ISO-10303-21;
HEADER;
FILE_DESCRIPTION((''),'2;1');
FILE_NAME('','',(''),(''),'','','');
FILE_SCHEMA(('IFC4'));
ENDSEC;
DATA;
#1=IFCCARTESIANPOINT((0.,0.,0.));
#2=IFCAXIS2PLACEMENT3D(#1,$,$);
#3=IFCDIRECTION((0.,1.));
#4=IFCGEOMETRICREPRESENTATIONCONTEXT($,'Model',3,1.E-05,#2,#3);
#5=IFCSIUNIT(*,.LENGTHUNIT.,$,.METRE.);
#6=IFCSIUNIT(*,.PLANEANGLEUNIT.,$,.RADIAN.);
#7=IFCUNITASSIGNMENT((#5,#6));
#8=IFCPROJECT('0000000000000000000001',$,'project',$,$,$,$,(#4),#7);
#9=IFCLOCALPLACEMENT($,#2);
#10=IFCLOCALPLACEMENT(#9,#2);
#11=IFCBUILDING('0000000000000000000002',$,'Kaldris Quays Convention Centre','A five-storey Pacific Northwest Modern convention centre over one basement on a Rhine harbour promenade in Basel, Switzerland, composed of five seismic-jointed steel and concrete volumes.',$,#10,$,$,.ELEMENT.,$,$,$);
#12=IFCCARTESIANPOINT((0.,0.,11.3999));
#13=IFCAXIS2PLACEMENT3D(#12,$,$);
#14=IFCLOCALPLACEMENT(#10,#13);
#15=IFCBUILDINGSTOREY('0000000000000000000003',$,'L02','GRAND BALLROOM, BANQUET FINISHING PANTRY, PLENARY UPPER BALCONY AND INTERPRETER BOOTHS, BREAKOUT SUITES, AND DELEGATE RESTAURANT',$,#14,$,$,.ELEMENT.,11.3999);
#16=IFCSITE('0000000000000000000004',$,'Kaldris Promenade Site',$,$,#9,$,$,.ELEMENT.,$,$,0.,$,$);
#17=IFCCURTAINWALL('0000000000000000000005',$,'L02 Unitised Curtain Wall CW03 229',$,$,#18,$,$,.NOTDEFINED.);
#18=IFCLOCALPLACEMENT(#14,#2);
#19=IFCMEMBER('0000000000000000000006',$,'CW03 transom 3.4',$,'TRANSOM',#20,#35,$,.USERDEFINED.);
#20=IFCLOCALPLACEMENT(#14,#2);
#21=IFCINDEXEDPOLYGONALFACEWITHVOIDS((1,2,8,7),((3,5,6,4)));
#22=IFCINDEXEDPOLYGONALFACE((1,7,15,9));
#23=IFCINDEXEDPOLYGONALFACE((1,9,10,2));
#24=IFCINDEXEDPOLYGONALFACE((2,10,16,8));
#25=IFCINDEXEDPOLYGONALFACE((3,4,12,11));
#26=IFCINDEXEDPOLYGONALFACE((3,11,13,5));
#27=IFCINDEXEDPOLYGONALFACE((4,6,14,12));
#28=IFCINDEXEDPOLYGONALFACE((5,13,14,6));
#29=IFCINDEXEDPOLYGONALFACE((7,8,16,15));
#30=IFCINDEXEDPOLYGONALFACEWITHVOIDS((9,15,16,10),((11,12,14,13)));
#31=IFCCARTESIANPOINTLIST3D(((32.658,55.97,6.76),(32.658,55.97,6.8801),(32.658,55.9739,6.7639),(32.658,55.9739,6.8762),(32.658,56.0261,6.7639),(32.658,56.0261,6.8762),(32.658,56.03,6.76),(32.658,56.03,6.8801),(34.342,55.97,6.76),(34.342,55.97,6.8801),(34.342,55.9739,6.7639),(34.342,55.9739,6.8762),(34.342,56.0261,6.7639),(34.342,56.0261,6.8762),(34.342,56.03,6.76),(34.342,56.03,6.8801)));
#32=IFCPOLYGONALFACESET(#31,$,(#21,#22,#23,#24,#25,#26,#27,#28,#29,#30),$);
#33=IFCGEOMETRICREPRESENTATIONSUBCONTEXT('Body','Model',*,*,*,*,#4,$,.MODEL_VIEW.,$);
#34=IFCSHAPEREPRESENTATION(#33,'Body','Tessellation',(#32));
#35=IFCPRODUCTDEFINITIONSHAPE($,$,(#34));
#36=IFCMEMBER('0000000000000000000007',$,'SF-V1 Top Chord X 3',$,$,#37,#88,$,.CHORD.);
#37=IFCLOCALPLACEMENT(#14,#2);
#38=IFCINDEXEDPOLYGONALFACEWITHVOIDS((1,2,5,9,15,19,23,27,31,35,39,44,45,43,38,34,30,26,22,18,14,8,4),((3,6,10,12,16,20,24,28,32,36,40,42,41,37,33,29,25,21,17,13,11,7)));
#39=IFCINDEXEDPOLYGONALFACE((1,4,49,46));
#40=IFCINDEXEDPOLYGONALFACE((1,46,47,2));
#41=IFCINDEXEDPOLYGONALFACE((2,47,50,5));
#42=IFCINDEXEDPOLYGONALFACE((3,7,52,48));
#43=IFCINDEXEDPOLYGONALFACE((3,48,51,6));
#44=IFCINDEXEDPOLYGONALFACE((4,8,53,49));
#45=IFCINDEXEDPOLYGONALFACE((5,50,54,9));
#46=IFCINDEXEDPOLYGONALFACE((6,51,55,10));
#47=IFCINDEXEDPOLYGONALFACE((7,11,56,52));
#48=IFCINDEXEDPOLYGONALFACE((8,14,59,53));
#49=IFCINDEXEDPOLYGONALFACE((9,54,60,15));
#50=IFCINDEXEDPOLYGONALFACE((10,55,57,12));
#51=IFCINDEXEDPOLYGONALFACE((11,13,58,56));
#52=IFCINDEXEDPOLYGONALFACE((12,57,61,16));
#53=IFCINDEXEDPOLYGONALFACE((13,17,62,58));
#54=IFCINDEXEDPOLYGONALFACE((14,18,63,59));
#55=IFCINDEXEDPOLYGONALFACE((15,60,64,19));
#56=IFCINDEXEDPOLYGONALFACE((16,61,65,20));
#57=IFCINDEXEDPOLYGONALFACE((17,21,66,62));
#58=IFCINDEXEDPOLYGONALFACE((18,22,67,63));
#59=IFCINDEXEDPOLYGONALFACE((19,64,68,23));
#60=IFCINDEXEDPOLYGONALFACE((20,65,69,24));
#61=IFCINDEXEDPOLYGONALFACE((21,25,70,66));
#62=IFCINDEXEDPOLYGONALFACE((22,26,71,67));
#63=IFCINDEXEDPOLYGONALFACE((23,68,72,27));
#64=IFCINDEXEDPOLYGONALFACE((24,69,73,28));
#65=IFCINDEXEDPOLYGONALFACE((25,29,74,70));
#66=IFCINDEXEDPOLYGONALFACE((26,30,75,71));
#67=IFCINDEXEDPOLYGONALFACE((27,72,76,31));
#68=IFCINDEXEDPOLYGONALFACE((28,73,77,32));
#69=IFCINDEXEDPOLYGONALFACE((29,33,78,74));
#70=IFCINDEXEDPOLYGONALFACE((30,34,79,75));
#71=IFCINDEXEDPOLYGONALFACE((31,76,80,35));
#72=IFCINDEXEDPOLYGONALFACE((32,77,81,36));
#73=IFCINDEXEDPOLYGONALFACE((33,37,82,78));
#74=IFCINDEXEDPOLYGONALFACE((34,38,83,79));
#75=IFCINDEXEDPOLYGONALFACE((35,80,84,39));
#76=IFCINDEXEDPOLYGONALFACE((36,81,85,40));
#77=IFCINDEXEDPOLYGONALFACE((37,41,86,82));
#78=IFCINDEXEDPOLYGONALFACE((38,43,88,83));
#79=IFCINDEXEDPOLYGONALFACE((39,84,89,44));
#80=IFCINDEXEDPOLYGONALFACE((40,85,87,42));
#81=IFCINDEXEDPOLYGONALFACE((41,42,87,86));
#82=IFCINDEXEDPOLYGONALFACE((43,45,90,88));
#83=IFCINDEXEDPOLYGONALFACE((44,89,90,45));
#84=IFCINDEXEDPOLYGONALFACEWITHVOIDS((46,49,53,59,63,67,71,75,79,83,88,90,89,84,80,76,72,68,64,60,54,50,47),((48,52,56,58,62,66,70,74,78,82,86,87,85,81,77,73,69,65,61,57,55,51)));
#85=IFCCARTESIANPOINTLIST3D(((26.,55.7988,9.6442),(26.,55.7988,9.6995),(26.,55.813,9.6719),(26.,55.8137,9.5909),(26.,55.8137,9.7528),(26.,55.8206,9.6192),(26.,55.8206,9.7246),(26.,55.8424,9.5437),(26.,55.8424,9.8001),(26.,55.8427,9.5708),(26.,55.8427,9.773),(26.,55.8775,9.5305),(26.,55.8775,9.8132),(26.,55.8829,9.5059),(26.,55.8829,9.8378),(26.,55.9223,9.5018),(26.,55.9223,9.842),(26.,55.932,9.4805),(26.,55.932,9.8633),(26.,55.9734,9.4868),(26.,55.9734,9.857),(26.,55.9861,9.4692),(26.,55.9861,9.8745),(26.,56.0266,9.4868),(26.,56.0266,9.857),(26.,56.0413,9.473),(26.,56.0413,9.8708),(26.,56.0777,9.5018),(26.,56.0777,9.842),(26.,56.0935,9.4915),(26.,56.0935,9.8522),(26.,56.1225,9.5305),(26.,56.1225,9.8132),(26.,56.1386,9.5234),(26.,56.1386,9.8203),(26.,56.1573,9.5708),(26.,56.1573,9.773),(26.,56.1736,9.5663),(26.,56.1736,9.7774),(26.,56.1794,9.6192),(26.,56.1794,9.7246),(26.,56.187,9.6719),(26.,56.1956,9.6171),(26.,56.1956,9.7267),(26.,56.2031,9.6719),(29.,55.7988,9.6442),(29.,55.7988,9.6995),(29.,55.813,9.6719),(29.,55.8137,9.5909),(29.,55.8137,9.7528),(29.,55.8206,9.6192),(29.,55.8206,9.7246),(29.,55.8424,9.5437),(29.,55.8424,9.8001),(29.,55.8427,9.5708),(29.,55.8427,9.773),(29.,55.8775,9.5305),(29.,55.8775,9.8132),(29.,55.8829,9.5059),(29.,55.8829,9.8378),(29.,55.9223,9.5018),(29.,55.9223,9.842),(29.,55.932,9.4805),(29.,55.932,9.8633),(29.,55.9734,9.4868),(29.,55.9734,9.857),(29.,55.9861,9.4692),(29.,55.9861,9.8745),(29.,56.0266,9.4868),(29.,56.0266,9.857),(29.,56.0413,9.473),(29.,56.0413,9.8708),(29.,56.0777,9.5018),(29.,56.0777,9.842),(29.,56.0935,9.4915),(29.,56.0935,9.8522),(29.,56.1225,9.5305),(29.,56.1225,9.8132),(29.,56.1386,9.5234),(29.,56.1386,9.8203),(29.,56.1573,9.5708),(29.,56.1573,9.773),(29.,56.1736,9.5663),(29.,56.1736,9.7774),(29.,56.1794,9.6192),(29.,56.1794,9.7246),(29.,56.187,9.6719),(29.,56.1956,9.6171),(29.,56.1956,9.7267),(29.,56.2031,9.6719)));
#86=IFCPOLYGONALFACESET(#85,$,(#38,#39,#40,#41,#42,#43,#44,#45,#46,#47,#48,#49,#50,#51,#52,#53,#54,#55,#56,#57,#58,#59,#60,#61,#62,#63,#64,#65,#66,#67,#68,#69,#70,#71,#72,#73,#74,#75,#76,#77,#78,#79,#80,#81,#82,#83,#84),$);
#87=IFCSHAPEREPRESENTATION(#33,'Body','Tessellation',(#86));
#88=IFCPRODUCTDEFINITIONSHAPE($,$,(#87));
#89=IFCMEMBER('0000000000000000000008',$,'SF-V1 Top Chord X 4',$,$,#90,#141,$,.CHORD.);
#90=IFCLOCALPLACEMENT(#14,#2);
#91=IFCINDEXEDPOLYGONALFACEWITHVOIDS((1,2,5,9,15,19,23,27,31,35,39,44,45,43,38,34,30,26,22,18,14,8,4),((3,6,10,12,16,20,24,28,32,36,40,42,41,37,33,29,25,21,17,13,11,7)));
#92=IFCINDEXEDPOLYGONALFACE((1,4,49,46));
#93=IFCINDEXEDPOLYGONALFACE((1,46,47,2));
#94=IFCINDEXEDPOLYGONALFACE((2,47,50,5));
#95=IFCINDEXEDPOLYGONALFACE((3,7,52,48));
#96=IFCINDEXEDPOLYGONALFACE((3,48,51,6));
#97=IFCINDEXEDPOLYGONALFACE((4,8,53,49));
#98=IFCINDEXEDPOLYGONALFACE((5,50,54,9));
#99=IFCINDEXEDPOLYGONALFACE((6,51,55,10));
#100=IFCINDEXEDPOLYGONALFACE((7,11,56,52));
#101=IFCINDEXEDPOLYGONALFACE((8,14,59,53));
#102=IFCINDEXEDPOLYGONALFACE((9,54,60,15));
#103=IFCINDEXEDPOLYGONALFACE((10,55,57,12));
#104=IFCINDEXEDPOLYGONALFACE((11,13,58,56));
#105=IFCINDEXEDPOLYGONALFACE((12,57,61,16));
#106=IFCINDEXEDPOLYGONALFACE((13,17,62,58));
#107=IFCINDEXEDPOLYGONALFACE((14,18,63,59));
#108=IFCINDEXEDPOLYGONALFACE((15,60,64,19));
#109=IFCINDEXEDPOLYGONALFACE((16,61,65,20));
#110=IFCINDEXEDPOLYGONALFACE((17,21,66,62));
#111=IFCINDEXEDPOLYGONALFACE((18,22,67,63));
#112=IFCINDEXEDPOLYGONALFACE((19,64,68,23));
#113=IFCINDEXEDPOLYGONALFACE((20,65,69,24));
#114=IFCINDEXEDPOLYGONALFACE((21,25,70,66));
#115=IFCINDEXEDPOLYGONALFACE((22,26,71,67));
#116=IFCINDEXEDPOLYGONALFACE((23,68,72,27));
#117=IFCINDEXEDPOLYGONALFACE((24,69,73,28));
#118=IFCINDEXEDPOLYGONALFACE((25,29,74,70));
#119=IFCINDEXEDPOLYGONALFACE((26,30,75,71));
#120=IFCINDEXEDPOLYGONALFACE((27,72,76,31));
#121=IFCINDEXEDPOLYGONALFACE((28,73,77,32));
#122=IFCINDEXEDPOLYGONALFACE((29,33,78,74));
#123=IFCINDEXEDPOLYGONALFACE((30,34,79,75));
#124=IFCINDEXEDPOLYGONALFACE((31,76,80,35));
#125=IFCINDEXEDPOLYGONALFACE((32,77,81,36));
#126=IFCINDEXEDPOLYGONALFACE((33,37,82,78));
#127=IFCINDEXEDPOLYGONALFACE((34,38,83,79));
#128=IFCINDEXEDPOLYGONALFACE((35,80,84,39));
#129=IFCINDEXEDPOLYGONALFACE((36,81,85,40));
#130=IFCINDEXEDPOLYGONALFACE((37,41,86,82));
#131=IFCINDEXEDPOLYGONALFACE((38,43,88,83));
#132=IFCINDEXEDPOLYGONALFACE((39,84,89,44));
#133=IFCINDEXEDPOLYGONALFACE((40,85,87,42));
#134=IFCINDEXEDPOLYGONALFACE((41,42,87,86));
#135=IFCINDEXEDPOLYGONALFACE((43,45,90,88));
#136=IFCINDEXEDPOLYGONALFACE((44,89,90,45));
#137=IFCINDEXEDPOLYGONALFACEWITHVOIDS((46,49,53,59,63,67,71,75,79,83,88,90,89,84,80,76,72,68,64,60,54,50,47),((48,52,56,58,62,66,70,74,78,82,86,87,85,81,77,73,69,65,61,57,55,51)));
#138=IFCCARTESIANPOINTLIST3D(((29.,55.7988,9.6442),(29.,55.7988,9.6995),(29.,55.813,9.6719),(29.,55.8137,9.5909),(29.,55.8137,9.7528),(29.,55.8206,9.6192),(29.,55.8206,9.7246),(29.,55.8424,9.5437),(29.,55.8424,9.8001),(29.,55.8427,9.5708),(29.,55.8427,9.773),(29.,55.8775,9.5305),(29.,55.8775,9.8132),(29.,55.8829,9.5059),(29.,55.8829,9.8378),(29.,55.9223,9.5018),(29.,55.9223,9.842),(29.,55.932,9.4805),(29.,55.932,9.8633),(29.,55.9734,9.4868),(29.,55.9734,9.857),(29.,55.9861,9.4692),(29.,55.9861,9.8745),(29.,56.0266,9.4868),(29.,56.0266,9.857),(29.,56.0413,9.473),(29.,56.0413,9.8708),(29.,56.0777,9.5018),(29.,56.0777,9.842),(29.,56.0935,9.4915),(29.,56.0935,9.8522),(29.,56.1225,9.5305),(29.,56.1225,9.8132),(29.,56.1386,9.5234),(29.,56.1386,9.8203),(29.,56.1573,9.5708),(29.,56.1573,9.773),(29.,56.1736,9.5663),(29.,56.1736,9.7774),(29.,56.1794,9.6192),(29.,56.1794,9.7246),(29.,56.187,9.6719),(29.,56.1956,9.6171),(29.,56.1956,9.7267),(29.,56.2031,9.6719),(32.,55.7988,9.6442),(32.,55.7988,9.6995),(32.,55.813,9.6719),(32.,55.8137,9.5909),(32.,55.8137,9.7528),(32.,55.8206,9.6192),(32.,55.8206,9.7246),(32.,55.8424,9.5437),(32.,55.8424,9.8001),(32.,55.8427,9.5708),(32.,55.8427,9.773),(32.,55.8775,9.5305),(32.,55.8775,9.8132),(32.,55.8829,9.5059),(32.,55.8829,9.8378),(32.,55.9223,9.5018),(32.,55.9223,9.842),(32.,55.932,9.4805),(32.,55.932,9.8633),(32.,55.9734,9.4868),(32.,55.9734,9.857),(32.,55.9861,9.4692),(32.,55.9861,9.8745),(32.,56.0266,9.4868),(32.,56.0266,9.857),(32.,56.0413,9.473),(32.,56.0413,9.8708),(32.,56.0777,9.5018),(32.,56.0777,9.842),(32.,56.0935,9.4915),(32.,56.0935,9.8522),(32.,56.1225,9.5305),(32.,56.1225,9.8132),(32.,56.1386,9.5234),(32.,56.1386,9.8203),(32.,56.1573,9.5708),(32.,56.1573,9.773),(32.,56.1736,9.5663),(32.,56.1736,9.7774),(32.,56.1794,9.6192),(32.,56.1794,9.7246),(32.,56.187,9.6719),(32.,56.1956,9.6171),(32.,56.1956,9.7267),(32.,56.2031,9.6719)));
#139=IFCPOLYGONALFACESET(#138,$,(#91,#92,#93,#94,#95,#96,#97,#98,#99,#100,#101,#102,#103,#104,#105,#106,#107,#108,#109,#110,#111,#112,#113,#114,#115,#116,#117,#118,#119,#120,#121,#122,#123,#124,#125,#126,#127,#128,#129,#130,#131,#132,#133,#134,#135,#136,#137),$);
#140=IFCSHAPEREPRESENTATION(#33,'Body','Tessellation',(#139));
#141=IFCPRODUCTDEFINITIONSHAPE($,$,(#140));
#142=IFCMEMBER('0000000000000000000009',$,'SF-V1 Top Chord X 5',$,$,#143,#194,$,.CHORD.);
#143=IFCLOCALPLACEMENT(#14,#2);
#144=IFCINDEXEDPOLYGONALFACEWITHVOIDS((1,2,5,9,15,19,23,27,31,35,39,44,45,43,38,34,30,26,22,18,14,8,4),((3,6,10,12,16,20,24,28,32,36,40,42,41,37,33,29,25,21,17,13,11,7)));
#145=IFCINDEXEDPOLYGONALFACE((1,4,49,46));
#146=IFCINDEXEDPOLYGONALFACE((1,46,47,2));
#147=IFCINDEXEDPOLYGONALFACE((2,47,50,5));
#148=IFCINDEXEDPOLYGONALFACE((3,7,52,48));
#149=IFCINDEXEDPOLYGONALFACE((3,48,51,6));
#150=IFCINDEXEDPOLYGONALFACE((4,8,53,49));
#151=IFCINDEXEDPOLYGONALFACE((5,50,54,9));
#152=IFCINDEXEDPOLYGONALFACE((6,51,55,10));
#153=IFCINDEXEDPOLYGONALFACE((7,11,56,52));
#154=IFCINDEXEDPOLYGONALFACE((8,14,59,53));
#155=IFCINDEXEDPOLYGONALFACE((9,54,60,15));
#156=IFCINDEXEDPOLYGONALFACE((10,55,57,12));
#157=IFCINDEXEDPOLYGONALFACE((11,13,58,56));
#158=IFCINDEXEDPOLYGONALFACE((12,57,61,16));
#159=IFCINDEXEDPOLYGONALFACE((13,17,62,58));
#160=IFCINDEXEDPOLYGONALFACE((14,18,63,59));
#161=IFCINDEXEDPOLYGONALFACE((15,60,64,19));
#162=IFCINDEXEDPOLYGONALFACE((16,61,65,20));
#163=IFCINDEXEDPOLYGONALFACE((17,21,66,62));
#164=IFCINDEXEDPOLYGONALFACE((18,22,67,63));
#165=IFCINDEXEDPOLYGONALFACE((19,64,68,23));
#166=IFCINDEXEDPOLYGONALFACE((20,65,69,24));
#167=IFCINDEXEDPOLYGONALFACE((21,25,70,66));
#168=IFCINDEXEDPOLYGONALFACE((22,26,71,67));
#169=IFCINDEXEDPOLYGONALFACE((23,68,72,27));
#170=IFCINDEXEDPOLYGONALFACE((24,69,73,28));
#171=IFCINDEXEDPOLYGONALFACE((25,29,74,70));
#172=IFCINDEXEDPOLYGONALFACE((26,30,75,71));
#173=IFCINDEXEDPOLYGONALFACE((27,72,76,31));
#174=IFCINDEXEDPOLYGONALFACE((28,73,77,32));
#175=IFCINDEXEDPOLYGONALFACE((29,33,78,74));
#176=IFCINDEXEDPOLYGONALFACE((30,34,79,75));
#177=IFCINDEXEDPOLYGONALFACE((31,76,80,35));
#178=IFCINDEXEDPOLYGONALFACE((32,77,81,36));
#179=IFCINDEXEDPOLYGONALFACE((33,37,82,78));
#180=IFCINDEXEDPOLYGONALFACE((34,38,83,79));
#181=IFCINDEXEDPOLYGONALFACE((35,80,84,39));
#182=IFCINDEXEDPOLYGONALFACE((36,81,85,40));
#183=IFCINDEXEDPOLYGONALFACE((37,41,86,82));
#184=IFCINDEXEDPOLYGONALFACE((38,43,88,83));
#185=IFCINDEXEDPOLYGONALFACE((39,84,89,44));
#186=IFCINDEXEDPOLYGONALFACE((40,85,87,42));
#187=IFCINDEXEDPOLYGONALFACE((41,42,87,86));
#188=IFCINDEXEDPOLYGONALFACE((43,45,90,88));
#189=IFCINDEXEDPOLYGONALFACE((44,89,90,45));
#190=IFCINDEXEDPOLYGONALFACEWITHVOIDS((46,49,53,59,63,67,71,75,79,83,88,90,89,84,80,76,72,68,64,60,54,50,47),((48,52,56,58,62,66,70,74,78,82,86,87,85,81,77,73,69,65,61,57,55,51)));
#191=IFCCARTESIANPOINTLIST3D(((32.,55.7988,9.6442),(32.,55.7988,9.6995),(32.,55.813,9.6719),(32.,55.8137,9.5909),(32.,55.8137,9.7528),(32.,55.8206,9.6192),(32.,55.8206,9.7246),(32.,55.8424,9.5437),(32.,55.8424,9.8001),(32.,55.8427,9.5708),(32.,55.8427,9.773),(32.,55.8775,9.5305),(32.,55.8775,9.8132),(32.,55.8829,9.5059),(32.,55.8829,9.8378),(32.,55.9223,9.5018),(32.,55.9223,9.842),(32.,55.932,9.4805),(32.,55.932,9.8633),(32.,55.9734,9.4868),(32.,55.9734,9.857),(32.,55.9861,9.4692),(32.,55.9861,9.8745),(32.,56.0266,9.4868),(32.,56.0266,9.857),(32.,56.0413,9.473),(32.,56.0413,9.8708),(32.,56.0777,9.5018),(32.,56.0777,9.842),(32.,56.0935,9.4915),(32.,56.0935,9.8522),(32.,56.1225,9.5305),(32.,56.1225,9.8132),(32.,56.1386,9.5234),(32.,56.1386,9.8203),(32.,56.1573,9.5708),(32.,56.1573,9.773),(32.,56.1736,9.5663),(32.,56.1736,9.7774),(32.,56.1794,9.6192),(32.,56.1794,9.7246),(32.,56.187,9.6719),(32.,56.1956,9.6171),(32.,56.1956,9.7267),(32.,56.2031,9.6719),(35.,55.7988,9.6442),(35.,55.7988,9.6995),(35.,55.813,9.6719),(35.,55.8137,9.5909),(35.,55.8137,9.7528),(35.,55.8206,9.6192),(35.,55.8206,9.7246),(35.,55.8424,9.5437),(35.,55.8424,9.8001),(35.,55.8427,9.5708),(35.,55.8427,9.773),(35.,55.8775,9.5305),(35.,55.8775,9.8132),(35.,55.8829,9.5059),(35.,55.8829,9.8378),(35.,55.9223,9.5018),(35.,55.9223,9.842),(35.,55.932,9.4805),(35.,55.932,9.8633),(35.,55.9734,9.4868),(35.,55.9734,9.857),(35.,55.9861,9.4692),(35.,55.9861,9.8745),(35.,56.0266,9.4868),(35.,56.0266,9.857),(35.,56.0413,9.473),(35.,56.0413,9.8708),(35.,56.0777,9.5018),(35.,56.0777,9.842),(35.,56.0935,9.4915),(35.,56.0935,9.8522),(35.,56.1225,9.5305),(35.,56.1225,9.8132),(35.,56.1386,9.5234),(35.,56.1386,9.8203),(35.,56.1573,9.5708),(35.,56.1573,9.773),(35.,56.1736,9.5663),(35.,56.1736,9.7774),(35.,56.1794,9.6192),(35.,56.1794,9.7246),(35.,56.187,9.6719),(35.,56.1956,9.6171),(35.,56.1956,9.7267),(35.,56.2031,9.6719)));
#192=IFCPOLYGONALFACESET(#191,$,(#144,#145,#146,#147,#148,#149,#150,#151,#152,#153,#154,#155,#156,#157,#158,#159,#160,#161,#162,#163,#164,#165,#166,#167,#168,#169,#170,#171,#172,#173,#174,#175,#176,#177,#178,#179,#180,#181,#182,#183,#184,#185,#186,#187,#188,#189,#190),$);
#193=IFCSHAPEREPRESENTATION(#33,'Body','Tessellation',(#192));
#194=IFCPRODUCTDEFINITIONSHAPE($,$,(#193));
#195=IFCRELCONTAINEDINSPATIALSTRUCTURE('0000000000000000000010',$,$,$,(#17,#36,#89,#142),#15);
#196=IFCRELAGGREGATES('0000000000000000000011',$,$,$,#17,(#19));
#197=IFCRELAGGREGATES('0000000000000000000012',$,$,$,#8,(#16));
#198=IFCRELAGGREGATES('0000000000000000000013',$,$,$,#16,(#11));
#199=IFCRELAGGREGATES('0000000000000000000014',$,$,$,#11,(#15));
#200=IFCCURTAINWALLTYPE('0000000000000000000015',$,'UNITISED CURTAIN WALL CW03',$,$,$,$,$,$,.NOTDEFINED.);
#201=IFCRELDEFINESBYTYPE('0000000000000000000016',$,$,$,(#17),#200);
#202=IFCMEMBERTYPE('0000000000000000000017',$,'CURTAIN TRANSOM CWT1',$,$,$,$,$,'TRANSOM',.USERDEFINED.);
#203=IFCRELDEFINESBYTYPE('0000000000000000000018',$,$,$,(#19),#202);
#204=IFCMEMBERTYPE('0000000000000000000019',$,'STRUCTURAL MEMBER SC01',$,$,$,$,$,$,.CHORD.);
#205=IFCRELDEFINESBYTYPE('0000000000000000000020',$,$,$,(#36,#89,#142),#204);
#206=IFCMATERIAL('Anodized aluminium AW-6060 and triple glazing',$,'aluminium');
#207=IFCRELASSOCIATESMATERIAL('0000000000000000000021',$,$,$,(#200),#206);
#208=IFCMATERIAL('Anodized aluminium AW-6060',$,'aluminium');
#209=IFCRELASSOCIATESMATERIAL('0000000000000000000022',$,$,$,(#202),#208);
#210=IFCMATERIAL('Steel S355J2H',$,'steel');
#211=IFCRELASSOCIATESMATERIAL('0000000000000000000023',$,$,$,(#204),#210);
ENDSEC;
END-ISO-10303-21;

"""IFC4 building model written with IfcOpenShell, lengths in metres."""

from ifc_helpers import new_model, si_unit, direction, frame, origin, origin_2d, place, context, subcontext, project, spatial, hollow_rectangle, hollow_circle, extrude, material, material_profile, profile_set, type_object, element, aggregate, save


model = new_model("IFC4")

# Units and contexts
model_context = context("Model", 3, precision=1e-05, world=origin(), true_north=direction((0.0, 1.0)))
body_context = subcontext(model_context, "Body", "Model", "MODEL_VIEW")
ifc_project = project(units=[si_unit("LENGTHUNIT", "METRE"), si_unit("PLANEANGLEUNIT", "RADIAN")], contexts=[model_context])

# Site, building, storey
site_placement = place(None, origin())
site = spatial("IfcSite", under=ifc_project, at=site_placement, Name="Kaldris Promenade Site", CompositionType="ELEMENT", RefElevation=0.0)
building_placement = place(site_placement, origin())
building = spatial("IfcBuilding", under=site, at=building_placement, Name="Kaldris Quays Convention Centre", Description="A five-storey Pacific Northwest Modern convention centre over one basement on a Rhine harbour promenade in Basel, Switzerland, composed of five seismic-jointed steel and concrete volumes.", CompositionType="ELEMENT")
storey_placement = place(building_placement, frame((0.0, 0.0, 11.3999)))
storey = spatial("IfcBuildingStorey", under=building, at=storey_placement, Name="L02", Description="GRAND BALLROOM, BANQUET FINISHING PANTRY, PLENARY UPPER BALCONY AND INTERPRETER BOOTHS, BREAKOUT SUITES, AND DELEGATE RESTAURANT", CompositionType="ELEMENT", Elevation=11.3999)

# Curtain wall, member
ifc_material_1 = material(Name="Anodized aluminium AW-6060 and triple glazing", Category="aluminium")
curtain_wall_type = type_object("IfcCurtainWallType", Name="UNITISED CURTAIN WALL CW03", PredefinedType="NOTDEFINED", material=ifc_material_1)
ifc_material_2 = material(Name="Anodized aluminium AW-6060", Category="aluminium")
ifc_material_profile_1 = material_profile(ifc_material_2, hollow_rectangle(XDim=0.0601, YDim=0.1201, WallThickness=0.0039, at=origin_2d()), Name="RHS 120x60x4")
ifc_profile_set_1 = profile_set([ifc_material_profile_1], Name="Anodized aluminium AW-6060")
member_type_1 = type_object("IfcMemberType", Name="CURTAIN TRANSOM CWT1", ElementType="TRANSOM", PredefinedType="USERDEFINED", material=ifc_profile_set_1)
curtain_wall_1_placement = place(storey_placement, origin())
curtain_wall_1 = element("IfcCurtainWall", 1, at=curtain_wall_1_placement, inside=storey, type_object=curtain_wall_type, Name="L02 Unitised Curtain Wall CW03 229", PredefinedType="NOTDEFINED")
member_1_placement = place(storey_placement, frame((32.658, 56.0, 6.8201), z_axis=(1.0, 0.0, 0.0), x_axis=(0.0, 1.0, 0.0)))
member_1 = element("IfcMember", 2, at=member_1_placement, type_object=member_type_1, Name="CW03 transom 3.4", ObjectType="TRANSOM", PredefinedType="USERDEFINED", context=body_context, shape_type="SweptSolid", body=[
    extrude(hollow_rectangle(XDim=0.0601, YDim=0.1201, WallThickness=0.0039, at=origin_2d()), origin(), (0.0, 0.0, 1.0), 1.6841),
])

# Members
ifc_material_3 = material(Name="Steel S355J2H", Category="steel")
ifc_material_profile_2 = material_profile(ifc_material_3, hollow_circle(Radius=0.2031, WallThickness=0.0161, at=origin_2d()), Name="CHS 406.4x16")
ifc_profile_set_2 = profile_set([ifc_material_profile_2], Name="Steel S355J2H")
member_type_2 = type_object("IfcMemberType", Name="STRUCTURAL MEMBER SC01", PredefinedType="CHORD", material=ifc_profile_set_2)
for number, where, z_axis, x_axis, name in (
    (3, (26.0, 56.0, 9.6719), (1.0, 0.0, 0.0), (0.0, 1.0, 0.0), "SF-V1 Top Chord X 3"),
    (4, (29.0, 56.0, 9.6719), (1.0, 0.0, 0.0), (0.0, 1.0, 0.0), "SF-V1 Top Chord X 4"),
    (5, (32.0, 56.0, 9.6719), (1.0, 0.0, 0.0), (0.0, 1.0, 0.0), "SF-V1 Top Chord X 5"),
):
    element("IfcMember", number, at=place(storey_placement, frame(where, z_axis=z_axis, x_axis=x_axis)), inside=storey, type_object=member_type_2, Name=name, PredefinedType="CHORD", context=body_context, shape_type="SweptSolid", body=[
        extrude(hollow_circle(Radius=0.2031, WallThickness=0.0161, at=origin_2d()), origin(), (0.0, 0.0, 1.0), 3.0),
    ])

aggregate(curtain_wall_1, [member_1])

save(model, "model.ifc")
